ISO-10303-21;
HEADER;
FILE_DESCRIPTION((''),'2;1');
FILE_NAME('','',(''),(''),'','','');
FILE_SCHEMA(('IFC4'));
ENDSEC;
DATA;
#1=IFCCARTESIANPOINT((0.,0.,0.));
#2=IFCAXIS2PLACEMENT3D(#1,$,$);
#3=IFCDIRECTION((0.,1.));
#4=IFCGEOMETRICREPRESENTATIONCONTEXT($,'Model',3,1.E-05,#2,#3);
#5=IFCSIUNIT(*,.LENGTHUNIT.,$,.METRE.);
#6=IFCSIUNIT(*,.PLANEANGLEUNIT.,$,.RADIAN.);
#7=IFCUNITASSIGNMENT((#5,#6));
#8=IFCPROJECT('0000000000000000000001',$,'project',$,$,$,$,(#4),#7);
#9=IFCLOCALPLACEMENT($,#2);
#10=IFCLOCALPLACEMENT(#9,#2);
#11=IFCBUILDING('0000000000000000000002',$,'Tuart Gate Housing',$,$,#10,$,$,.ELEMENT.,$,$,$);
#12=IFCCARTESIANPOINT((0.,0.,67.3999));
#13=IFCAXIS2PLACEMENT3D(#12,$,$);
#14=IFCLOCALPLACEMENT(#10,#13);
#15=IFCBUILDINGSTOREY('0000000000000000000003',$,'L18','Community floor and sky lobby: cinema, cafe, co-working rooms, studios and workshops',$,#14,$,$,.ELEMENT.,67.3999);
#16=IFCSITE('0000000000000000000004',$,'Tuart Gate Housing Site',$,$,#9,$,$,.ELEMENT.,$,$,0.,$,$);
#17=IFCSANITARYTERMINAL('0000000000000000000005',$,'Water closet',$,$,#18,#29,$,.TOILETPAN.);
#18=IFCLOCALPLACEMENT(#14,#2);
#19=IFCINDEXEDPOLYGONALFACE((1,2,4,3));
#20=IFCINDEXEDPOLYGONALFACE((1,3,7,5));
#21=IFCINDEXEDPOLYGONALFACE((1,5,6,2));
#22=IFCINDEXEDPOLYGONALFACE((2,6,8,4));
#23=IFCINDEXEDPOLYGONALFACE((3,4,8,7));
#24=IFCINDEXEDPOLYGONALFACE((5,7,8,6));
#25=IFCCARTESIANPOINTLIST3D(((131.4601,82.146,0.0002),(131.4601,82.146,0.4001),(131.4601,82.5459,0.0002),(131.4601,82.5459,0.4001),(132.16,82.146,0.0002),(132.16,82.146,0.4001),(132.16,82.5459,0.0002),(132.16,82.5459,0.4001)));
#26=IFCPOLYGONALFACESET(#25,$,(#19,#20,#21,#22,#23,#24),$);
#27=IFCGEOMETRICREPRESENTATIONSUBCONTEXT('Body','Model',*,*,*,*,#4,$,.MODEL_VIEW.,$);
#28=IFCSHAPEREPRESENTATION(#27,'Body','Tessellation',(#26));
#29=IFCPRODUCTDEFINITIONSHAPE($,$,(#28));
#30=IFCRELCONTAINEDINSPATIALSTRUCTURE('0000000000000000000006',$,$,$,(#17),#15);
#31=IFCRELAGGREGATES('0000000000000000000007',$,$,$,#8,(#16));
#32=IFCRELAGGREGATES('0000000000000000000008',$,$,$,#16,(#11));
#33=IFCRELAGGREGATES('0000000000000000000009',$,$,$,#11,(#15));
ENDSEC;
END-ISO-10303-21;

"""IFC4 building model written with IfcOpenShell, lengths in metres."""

from ifc_helpers import new_model, si_unit, direction, frame, origin, origin_2d, place, context, subcontext, project, spatial, rectangle, extrude, element, save


model = new_model("IFC4")

# Units and contexts
model_context = context("Model", 3, precision=1e-05, world=origin(), true_north=direction((0.0, 1.0)))
body_context = subcontext(model_context, "Body", "Model", "MODEL_VIEW")
ifc_project = project(units=[si_unit("LENGTHUNIT", "METRE"), si_unit("PLANEANGLEUNIT", "RADIAN")], contexts=[model_context])

# Site, building, storey
site_placement = place(None, origin())
site = spatial("IfcSite", under=ifc_project, at=site_placement, Name="Tuart Gate Housing Site", CompositionType="ELEMENT", RefElevation=0.0)
building_placement = place(site_placement, origin())
building = spatial("IfcBuilding", under=site, at=building_placement, Name="Tuart Gate Housing", CompositionType="ELEMENT")
storey_placement = place(building_placement, frame((0.0, 0.0, 67.3999)))
storey = spatial("IfcBuildingStorey", under=building, at=storey_placement, Name="L18", Description="Community floor and sky lobby: cinema, cafe, co-working rooms, studios and workshops", CompositionType="ELEMENT", Elevation=67.3999)

# Sanitary terminal
sanitary_terminal_placement = place(storey_placement, frame((131.8101, 82.3459, 0.0002), z_axis=(0.0, 0.0, 1.0), x_axis=(1.0, 0.0, 0.0)))
element("IfcSanitaryTerminal", 1, at=sanitary_terminal_placement, inside=storey, Name="Water closet", PredefinedType="TOILETPAN", context=body_context, shape_type="SweptSolid", body=[
    extrude(rectangle(XDim=0.7, YDim=0.3999, at=origin_2d()), origin(), (0.0, 0.0, 1.0), 0.3999),
])

save(model, "model.ifc")
